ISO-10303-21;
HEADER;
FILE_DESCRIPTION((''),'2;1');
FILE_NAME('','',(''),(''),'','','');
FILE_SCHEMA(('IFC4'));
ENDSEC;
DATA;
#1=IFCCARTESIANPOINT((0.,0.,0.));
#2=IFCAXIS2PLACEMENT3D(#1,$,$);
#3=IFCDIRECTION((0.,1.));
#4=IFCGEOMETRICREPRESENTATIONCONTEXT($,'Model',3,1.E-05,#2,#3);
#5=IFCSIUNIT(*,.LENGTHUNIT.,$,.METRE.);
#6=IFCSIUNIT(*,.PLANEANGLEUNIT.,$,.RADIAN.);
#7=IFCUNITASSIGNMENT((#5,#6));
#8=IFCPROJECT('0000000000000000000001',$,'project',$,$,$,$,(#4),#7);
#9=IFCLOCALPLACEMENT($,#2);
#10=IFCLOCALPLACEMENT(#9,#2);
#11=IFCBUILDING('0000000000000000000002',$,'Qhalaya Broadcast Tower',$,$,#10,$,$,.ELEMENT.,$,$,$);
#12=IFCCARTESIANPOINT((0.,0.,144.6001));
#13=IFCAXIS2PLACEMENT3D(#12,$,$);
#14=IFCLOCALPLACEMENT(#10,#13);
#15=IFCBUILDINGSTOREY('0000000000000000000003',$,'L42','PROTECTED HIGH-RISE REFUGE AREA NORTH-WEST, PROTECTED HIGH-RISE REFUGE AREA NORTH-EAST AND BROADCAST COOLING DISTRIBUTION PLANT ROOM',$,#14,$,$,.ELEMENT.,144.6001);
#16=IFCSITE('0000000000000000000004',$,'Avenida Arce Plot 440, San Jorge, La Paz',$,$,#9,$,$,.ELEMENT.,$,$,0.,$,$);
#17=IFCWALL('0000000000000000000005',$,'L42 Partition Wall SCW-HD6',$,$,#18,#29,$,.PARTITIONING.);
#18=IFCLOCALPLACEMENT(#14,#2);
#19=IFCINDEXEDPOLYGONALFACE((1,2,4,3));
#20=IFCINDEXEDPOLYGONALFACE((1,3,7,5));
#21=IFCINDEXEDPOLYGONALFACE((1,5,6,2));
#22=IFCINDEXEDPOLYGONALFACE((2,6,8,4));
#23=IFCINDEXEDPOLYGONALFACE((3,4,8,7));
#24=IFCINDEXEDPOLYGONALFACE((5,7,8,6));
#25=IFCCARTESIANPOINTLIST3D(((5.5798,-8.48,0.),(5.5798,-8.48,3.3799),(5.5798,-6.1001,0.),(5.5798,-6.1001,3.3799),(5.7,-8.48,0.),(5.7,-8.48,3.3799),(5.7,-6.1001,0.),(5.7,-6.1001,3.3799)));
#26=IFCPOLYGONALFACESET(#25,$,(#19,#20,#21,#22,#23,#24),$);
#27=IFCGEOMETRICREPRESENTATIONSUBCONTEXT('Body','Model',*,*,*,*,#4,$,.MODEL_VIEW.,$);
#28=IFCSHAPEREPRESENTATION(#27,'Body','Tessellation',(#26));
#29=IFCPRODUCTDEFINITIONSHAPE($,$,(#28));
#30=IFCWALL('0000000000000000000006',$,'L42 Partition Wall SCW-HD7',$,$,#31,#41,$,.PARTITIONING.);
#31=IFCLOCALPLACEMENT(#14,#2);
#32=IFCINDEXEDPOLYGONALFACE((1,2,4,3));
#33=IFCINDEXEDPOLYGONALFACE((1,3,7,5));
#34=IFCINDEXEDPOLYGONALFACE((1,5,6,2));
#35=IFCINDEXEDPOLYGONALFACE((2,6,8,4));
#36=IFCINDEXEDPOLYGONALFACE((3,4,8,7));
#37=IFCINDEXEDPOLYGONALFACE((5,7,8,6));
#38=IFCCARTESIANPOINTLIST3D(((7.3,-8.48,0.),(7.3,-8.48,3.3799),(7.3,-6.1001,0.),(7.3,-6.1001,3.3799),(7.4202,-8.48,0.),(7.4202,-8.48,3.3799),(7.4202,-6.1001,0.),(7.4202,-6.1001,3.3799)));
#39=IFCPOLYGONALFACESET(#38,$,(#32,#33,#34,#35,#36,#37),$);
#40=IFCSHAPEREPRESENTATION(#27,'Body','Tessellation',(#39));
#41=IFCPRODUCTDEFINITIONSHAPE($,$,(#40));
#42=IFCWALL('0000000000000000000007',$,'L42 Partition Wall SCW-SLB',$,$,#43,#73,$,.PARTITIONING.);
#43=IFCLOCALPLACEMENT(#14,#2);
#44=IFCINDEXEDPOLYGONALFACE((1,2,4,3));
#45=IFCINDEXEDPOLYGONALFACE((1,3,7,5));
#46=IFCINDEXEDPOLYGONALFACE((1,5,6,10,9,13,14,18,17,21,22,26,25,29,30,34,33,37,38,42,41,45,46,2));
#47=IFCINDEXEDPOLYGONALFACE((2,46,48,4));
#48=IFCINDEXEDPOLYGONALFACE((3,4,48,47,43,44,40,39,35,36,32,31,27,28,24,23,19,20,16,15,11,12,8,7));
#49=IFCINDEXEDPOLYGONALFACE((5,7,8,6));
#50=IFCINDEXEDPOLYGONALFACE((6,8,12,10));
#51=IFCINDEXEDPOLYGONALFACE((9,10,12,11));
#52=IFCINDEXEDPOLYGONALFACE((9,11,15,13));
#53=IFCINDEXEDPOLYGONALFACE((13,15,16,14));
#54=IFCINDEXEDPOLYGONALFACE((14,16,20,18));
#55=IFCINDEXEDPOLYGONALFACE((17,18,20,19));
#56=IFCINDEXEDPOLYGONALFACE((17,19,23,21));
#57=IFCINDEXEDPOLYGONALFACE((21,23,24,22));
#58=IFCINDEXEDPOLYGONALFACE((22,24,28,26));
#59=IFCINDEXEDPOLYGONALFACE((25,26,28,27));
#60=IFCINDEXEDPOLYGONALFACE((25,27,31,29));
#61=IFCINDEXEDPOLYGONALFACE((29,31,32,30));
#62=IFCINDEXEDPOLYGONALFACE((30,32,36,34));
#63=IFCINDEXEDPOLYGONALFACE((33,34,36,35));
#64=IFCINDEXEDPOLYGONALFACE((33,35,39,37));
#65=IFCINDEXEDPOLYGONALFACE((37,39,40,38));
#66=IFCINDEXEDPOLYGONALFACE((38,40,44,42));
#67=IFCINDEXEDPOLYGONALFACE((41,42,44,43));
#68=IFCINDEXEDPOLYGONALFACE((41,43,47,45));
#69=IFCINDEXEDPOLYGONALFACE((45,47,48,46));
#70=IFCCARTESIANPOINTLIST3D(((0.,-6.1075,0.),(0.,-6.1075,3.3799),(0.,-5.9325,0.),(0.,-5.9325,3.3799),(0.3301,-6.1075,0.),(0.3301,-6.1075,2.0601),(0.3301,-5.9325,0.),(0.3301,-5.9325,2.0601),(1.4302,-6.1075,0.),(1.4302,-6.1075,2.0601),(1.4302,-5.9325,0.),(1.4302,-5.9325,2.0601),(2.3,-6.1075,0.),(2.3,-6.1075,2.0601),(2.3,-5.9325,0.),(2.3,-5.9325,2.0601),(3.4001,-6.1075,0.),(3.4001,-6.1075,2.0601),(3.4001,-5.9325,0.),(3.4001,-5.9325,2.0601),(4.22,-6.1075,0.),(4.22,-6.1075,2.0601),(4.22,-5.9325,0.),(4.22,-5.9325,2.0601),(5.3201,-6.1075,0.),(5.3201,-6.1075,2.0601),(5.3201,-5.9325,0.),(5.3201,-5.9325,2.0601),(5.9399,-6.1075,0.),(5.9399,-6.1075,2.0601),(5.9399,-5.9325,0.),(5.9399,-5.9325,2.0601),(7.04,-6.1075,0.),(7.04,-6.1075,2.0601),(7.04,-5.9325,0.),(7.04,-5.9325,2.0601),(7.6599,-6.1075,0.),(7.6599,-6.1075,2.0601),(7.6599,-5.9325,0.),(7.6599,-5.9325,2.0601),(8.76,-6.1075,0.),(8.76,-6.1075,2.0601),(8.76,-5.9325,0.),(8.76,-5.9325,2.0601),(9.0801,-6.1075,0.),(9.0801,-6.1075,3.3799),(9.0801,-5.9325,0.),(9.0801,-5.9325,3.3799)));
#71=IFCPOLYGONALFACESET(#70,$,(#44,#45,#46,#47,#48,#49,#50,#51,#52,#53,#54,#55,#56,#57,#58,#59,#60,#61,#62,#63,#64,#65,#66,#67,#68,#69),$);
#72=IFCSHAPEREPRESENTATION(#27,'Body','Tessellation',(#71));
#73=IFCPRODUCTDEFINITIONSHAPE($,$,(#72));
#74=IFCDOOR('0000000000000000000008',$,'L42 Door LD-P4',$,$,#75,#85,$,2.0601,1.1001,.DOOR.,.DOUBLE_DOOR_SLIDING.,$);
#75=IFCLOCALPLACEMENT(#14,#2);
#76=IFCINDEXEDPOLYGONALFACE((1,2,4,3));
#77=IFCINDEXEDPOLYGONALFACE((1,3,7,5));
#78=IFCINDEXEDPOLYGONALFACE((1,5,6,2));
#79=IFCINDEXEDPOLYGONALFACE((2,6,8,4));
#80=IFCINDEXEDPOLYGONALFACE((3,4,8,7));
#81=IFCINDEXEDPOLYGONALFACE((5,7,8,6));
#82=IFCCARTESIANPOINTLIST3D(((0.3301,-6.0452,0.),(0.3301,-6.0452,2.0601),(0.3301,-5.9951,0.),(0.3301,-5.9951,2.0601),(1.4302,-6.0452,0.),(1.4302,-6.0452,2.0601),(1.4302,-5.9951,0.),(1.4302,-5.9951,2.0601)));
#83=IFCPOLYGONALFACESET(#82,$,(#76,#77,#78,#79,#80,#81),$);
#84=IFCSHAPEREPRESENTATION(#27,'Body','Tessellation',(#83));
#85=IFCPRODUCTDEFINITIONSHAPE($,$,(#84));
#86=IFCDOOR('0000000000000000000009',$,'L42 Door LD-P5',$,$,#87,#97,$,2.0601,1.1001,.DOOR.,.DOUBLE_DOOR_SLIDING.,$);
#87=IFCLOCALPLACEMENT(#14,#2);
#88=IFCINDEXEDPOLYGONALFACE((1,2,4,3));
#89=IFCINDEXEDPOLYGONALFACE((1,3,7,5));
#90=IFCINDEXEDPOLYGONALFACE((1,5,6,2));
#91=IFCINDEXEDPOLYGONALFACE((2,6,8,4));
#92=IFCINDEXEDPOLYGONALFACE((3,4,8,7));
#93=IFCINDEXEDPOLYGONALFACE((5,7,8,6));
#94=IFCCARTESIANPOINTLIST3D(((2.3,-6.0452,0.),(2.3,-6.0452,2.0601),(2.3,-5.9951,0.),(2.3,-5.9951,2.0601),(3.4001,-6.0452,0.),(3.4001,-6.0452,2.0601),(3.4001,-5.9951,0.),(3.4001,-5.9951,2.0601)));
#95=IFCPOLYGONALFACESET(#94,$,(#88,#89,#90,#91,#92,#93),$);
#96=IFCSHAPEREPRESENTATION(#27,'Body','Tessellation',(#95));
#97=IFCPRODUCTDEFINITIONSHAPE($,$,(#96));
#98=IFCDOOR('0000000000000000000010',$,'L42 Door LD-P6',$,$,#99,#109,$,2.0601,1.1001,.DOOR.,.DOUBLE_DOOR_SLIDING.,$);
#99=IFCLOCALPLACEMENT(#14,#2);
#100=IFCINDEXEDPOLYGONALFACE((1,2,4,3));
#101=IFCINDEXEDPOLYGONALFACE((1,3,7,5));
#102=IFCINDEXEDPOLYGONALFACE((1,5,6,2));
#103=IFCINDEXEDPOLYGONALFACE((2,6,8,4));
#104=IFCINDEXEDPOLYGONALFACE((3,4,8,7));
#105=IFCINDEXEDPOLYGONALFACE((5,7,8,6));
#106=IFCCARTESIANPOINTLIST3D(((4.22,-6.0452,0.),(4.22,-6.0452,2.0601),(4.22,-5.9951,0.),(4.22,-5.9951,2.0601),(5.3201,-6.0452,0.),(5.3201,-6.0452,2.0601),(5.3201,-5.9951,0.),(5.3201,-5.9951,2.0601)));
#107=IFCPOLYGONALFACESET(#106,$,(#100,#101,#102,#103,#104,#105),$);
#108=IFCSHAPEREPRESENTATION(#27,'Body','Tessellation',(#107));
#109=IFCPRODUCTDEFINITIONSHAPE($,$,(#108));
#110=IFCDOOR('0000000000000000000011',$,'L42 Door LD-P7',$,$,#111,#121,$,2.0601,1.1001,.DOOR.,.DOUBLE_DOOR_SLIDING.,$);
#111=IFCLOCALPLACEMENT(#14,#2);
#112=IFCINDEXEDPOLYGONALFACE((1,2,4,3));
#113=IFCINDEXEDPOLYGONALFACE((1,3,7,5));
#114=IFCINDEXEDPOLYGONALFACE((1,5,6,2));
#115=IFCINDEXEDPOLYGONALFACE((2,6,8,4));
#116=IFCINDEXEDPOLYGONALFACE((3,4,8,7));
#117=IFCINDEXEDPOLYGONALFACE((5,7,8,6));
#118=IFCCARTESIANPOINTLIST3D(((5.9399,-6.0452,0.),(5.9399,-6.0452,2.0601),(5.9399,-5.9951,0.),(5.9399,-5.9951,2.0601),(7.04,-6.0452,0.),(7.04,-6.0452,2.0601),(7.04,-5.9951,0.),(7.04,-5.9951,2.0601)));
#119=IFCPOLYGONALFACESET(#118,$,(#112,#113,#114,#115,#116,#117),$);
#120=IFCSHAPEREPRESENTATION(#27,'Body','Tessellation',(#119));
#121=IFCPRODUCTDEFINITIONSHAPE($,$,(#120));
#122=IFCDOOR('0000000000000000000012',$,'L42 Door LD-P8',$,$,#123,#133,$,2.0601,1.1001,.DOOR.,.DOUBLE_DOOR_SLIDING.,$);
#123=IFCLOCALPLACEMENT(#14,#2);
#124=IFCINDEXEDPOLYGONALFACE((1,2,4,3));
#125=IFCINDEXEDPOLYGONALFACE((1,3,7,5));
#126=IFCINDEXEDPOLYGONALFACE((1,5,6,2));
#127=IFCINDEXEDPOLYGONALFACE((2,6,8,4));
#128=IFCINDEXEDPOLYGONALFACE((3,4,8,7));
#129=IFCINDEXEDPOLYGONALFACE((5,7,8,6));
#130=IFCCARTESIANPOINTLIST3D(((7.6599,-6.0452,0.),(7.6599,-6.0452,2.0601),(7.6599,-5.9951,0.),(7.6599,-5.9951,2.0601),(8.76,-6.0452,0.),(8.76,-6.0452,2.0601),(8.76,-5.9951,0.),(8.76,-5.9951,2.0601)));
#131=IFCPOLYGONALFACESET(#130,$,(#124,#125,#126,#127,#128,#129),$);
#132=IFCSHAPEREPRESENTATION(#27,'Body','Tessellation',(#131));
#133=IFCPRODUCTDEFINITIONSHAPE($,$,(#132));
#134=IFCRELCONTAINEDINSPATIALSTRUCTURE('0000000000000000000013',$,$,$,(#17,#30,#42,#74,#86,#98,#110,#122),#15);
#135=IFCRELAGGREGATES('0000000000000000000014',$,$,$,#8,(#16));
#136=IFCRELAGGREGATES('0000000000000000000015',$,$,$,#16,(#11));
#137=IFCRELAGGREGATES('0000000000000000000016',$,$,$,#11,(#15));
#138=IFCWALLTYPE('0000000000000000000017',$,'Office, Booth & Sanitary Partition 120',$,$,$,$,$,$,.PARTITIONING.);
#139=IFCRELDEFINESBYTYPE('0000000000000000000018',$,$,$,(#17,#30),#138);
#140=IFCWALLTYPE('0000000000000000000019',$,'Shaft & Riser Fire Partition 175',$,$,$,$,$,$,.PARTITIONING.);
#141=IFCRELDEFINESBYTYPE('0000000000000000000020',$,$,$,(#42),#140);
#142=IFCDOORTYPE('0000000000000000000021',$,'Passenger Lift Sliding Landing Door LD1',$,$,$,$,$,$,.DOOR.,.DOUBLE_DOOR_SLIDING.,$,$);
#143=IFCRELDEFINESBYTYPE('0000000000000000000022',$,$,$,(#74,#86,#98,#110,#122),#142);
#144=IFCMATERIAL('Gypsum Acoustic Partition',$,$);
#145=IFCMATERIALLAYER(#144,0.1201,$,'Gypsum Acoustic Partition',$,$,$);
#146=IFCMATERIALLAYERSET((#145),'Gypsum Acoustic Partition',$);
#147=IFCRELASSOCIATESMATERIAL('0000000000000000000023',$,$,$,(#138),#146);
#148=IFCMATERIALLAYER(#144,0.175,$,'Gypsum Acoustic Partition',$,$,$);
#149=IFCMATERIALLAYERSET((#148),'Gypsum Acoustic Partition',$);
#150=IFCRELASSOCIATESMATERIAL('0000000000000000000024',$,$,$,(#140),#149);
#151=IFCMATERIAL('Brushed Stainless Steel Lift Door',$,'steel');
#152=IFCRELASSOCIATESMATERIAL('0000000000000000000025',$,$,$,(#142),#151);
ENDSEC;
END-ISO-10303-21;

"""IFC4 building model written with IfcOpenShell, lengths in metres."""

from ifc_helpers import new_model, si_unit, direction, frame, frame_2d, origin, place, context, subcontext, project, spatial, rectangle, extrude, material, layer, layer_set, type_object, element, fill, save


model = new_model("IFC4")

# Units and contexts
model_context = context("Model", 3, precision=1e-05, world=origin(), true_north=direction((0.0, 1.0)))
body_context = subcontext(model_context, "Body", "Model", "MODEL_VIEW")
ifc_project = project(units=[si_unit("LENGTHUNIT", "METRE"), si_unit("PLANEANGLEUNIT", "RADIAN")], contexts=[model_context])

# Site, building, storey
site_placement = place(None, origin())
site = spatial("IfcSite", under=ifc_project, at=site_placement, Name="Avenida Arce Plot 440, San Jorge, La Paz", CompositionType="ELEMENT", RefElevation=0.0)
building_placement = place(site_placement, origin())
building = spatial("IfcBuilding", under=site, at=building_placement, Name="Qhalaya Broadcast Tower", CompositionType="ELEMENT")
storey_placement = place(building_placement, frame((0.0, 0.0, 144.6001)))
storey = spatial("IfcBuildingStorey", under=building, at=storey_placement, Name="L42", Description="PROTECTED HIGH-RISE REFUGE AREA NORTH-WEST, PROTECTED HIGH-RISE REFUGE AREA NORTH-EAST AND BROADCAST COOLING DISTRIBUTION PLANT ROOM", CompositionType="ELEMENT", Elevation=144.6001)

# Walls
ifc_material_1 = material(Name="Gypsum Acoustic Partition")
ifc_layer_1 = layer(ifc_material_1, 0.1201, Name="Gypsum Acoustic Partition")
ifc_layer_set_1 = layer_set([ifc_layer_1], Name="Gypsum Acoustic Partition")
wall_type_1 = type_object("IfcWallType", Name="Office, Booth & Sanitary Partition 120", PredefinedType="PARTITIONING", material=ifc_layer_set_1)
for number, where, z_axis, x_axis, name in (
    (1, (5.6399, -8.48, 0.0), (0.0, 0.0, 1.0), (0.0, 1.0, 0.0), "L42 Partition Wall SCW-HD6"),
    (2, (7.3601, -8.48, 0.0), (0.0, 0.0, 1.0), (0.0, 1.0, 0.0), "L42 Partition Wall SCW-HD7"),
):
    element("IfcWall", number, at=place(storey_placement, frame(where, z_axis=z_axis, x_axis=x_axis)), inside=storey, type_object=wall_type_1, Name=name, PredefinedType="PARTITIONING", context=body_context, shape_type="SweptSolid", body=[
        extrude(rectangle(XDim=2.3799, YDim=0.1201, at=frame_2d((1.1899, 0.0))), origin(), (0.0, 0.0, 1.0), 3.3799),
    ])

# Wall, openings, doors
ifc_layer_2 = layer(ifc_material_1, 0.175, Name="Gypsum Acoustic Partition")
ifc_layer_set_2 = layer_set([ifc_layer_2], Name="Gypsum Acoustic Partition")
wall_type_2 = type_object("IfcWallType", Name="Shaft & Riser Fire Partition 175", PredefinedType="PARTITIONING", material=ifc_layer_set_2)
wall_1_placement = place(storey_placement, frame((0.0, -6.02, 0.0), z_axis=(0.0, 0.0, 1.0), x_axis=(1.0, 0.0, 0.0)))
wall_1 = element("IfcWall", 3, at=wall_1_placement, inside=storey, type_object=wall_type_2, Name="L42 Partition Wall SCW-SLB", PredefinedType="PARTITIONING", context=body_context, shape_type="SweptSolid", body=[
    extrude(rectangle(XDim=9.0801, YDim=0.175, at=frame_2d((4.54, 0.0))), origin(), (0.0, 0.0, 1.0), 3.3799),
])
opening_1_placement = place(wall_1_placement, frame((0.3301, 0.0, 0.0)))
opening_1 = element("IfcOpeningElement", 4, at=opening_1_placement, cuts=wall_1, PredefinedType="OPENING", context=body_context, shape_type="SweptSolid", body=[
    extrude(rectangle(XDim=1.1001, YDim=2.0601, at=frame_2d((0.55, 1.03))), frame((0.0, 0.0996, 0.0), z_axis=(0.0, -1.0, 0.0), x_axis=(1.0, 0.0, 0.0)), (0.0, 0.0, 1.0), 0.199),
])
opening_2_placement = place(wall_1_placement, frame((2.3, 0.0, 0.0)))
opening_2 = element("IfcOpeningElement", 5, at=opening_2_placement, cuts=wall_1, PredefinedType="OPENING", context=body_context, shape_type="SweptSolid", body=[
    extrude(rectangle(XDim=1.1001, YDim=2.0601, at=frame_2d((0.55, 1.03))), frame((0.0, 0.0996, 0.0), z_axis=(0.0, -1.0, 0.0), x_axis=(1.0, 0.0, 0.0)), (0.0, 0.0, 1.0), 0.199),
])
opening_3_placement = place(wall_1_placement, frame((4.22, 0.0, 0.0)))
opening_3 = element("IfcOpeningElement", 6, at=opening_3_placement, cuts=wall_1, PredefinedType="OPENING", context=body_context, shape_type="SweptSolid", body=[
    extrude(rectangle(XDim=1.1001, YDim=2.0601, at=frame_2d((0.55, 1.03))), frame((0.0, 0.0996, 0.0), z_axis=(0.0, -1.0, 0.0), x_axis=(1.0, 0.0, 0.0)), (0.0, 0.0, 1.0), 0.199),
])
opening_4_placement = place(wall_1_placement, frame((5.9399, 0.0, 0.0)))
opening_4 = element("IfcOpeningElement", 7, at=opening_4_placement, cuts=wall_1, PredefinedType="OPENING", context=body_context, shape_type="SweptSolid", body=[
    extrude(rectangle(XDim=1.1001, YDim=2.0601, at=frame_2d((0.55, 1.03))), frame((0.0, 0.0996, 0.0), z_axis=(0.0, -1.0, 0.0), x_axis=(1.0, 0.0, 0.0)), (0.0, 0.0, 1.0), 0.199),
])
opening_5_placement = place(wall_1_placement, frame((7.6599, 0.0, 0.0)))
opening_5 = element("IfcOpeningElement", 8, at=opening_5_placement, cuts=wall_1, PredefinedType="OPENING", context=body_context, shape_type="SweptSolid", body=[
    extrude(rectangle(XDim=1.1001, YDim=2.0601, at=frame_2d((0.55, 1.03))), frame((0.0, 0.0996, 0.0), z_axis=(0.0, -1.0, 0.0), x_axis=(1.0, 0.0, 0.0)), (0.0, 0.0, 1.0), 0.199),
])
ifc_material_2 = material(Name="Brushed Stainless Steel Lift Door", Category="steel")
door_type = type_object("IfcDoorType", Name="Passenger Lift Sliding Landing Door LD1", OperationType="DOUBLE_DOOR_SLIDING", PredefinedType="DOOR", material=ifc_material_2)
door_1_placement = place(opening_1_placement, origin())
door_1 = element("IfcDoor", 9, at=door_1_placement, inside=storey, type_object=door_type, Name="L42 Door LD-P4", OperationType="DOUBLE_DOOR_SLIDING", OverallHeight=2.0601, OverallWidth=1.1001, PredefinedType="DOOR", context=body_context, shape_type="SweptSolid", body=[
    extrude(rectangle(XDim=1.1001, YDim=2.0601, at=frame_2d((0.55, 1.03))), frame((0.0, 0.0249, 0.0), z_axis=(0.0, -1.0, 0.0), x_axis=(1.0, 0.0, 0.0)), (0.0, 0.0, 1.0), 0.05),
])
fill(opening_1, door_1)
door_2_placement = place(opening_2_placement, origin())
door_2 = element("IfcDoor", 10, at=door_2_placement, inside=storey, type_object=door_type, Name="L42 Door LD-P5", OperationType="DOUBLE_DOOR_SLIDING", OverallHeight=2.0601, OverallWidth=1.1001, PredefinedType="DOOR", context=body_context, shape_type="SweptSolid", body=[
    extrude(rectangle(XDim=1.1001, YDim=2.0601, at=frame_2d((0.55, 1.03))), frame((0.0, 0.0249, 0.0), z_axis=(0.0, -1.0, 0.0), x_axis=(1.0, 0.0, 0.0)), (0.0, 0.0, 1.0), 0.05),
])
fill(opening_2, door_2)
door_3_placement = place(opening_3_placement, origin())
door_3 = element("IfcDoor", 11, at=door_3_placement, inside=storey, type_object=door_type, Name="L42 Door LD-P6", OperationType="DOUBLE_DOOR_SLIDING", OverallHeight=2.0601, OverallWidth=1.1001, PredefinedType="DOOR", context=body_context, shape_type="SweptSolid", body=[
    extrude(rectangle(XDim=1.1001, YDim=2.0601, at=frame_2d((0.55, 1.03))), frame((0.0, 0.0249, 0.0), z_axis=(0.0, -1.0, 0.0), x_axis=(1.0, 0.0, 0.0)), (0.0, 0.0, 1.0), 0.05),
])
fill(opening_3, door_3)
door_4_placement = place(opening_4_placement, origin())
door_4 = element("IfcDoor", 12, at=door_4_placement, inside=storey, type_object=door_type, Name="L42 Door LD-P7", OperationType="DOUBLE_DOOR_SLIDING", OverallHeight=2.0601, OverallWidth=1.1001, PredefinedType="DOOR", context=body_context, shape_type="SweptSolid", body=[
    extrude(rectangle(XDim=1.1001, YDim=2.0601, at=frame_2d((0.55, 1.03))), frame((0.0, 0.0249, 0.0), z_axis=(0.0, -1.0, 0.0), x_axis=(1.0, 0.0, 0.0)), (0.0, 0.0, 1.0), 0.05),
])
fill(opening_4, door_4)
door_5_placement = place(opening_5_placement, origin())
door_5 = element("IfcDoor", 13, at=door_5_placement, inside=storey, type_object=door_type, Name="L42 Door LD-P8", OperationType="DOUBLE_DOOR_SLIDING", OverallHeight=2.0601, OverallWidth=1.1001, PredefinedType="DOOR", context=body_context, shape_type="SweptSolid", body=[
    extrude(rectangle(XDim=1.1001, YDim=2.0601, at=frame_2d((0.55, 1.03))), frame((0.0, 0.0249, 0.0), z_axis=(0.0, -1.0, 0.0), x_axis=(1.0, 0.0, 0.0)), (0.0, 0.0, 1.0), 0.05),
])
fill(opening_5, door_5)

save(model, "model.ifc")
